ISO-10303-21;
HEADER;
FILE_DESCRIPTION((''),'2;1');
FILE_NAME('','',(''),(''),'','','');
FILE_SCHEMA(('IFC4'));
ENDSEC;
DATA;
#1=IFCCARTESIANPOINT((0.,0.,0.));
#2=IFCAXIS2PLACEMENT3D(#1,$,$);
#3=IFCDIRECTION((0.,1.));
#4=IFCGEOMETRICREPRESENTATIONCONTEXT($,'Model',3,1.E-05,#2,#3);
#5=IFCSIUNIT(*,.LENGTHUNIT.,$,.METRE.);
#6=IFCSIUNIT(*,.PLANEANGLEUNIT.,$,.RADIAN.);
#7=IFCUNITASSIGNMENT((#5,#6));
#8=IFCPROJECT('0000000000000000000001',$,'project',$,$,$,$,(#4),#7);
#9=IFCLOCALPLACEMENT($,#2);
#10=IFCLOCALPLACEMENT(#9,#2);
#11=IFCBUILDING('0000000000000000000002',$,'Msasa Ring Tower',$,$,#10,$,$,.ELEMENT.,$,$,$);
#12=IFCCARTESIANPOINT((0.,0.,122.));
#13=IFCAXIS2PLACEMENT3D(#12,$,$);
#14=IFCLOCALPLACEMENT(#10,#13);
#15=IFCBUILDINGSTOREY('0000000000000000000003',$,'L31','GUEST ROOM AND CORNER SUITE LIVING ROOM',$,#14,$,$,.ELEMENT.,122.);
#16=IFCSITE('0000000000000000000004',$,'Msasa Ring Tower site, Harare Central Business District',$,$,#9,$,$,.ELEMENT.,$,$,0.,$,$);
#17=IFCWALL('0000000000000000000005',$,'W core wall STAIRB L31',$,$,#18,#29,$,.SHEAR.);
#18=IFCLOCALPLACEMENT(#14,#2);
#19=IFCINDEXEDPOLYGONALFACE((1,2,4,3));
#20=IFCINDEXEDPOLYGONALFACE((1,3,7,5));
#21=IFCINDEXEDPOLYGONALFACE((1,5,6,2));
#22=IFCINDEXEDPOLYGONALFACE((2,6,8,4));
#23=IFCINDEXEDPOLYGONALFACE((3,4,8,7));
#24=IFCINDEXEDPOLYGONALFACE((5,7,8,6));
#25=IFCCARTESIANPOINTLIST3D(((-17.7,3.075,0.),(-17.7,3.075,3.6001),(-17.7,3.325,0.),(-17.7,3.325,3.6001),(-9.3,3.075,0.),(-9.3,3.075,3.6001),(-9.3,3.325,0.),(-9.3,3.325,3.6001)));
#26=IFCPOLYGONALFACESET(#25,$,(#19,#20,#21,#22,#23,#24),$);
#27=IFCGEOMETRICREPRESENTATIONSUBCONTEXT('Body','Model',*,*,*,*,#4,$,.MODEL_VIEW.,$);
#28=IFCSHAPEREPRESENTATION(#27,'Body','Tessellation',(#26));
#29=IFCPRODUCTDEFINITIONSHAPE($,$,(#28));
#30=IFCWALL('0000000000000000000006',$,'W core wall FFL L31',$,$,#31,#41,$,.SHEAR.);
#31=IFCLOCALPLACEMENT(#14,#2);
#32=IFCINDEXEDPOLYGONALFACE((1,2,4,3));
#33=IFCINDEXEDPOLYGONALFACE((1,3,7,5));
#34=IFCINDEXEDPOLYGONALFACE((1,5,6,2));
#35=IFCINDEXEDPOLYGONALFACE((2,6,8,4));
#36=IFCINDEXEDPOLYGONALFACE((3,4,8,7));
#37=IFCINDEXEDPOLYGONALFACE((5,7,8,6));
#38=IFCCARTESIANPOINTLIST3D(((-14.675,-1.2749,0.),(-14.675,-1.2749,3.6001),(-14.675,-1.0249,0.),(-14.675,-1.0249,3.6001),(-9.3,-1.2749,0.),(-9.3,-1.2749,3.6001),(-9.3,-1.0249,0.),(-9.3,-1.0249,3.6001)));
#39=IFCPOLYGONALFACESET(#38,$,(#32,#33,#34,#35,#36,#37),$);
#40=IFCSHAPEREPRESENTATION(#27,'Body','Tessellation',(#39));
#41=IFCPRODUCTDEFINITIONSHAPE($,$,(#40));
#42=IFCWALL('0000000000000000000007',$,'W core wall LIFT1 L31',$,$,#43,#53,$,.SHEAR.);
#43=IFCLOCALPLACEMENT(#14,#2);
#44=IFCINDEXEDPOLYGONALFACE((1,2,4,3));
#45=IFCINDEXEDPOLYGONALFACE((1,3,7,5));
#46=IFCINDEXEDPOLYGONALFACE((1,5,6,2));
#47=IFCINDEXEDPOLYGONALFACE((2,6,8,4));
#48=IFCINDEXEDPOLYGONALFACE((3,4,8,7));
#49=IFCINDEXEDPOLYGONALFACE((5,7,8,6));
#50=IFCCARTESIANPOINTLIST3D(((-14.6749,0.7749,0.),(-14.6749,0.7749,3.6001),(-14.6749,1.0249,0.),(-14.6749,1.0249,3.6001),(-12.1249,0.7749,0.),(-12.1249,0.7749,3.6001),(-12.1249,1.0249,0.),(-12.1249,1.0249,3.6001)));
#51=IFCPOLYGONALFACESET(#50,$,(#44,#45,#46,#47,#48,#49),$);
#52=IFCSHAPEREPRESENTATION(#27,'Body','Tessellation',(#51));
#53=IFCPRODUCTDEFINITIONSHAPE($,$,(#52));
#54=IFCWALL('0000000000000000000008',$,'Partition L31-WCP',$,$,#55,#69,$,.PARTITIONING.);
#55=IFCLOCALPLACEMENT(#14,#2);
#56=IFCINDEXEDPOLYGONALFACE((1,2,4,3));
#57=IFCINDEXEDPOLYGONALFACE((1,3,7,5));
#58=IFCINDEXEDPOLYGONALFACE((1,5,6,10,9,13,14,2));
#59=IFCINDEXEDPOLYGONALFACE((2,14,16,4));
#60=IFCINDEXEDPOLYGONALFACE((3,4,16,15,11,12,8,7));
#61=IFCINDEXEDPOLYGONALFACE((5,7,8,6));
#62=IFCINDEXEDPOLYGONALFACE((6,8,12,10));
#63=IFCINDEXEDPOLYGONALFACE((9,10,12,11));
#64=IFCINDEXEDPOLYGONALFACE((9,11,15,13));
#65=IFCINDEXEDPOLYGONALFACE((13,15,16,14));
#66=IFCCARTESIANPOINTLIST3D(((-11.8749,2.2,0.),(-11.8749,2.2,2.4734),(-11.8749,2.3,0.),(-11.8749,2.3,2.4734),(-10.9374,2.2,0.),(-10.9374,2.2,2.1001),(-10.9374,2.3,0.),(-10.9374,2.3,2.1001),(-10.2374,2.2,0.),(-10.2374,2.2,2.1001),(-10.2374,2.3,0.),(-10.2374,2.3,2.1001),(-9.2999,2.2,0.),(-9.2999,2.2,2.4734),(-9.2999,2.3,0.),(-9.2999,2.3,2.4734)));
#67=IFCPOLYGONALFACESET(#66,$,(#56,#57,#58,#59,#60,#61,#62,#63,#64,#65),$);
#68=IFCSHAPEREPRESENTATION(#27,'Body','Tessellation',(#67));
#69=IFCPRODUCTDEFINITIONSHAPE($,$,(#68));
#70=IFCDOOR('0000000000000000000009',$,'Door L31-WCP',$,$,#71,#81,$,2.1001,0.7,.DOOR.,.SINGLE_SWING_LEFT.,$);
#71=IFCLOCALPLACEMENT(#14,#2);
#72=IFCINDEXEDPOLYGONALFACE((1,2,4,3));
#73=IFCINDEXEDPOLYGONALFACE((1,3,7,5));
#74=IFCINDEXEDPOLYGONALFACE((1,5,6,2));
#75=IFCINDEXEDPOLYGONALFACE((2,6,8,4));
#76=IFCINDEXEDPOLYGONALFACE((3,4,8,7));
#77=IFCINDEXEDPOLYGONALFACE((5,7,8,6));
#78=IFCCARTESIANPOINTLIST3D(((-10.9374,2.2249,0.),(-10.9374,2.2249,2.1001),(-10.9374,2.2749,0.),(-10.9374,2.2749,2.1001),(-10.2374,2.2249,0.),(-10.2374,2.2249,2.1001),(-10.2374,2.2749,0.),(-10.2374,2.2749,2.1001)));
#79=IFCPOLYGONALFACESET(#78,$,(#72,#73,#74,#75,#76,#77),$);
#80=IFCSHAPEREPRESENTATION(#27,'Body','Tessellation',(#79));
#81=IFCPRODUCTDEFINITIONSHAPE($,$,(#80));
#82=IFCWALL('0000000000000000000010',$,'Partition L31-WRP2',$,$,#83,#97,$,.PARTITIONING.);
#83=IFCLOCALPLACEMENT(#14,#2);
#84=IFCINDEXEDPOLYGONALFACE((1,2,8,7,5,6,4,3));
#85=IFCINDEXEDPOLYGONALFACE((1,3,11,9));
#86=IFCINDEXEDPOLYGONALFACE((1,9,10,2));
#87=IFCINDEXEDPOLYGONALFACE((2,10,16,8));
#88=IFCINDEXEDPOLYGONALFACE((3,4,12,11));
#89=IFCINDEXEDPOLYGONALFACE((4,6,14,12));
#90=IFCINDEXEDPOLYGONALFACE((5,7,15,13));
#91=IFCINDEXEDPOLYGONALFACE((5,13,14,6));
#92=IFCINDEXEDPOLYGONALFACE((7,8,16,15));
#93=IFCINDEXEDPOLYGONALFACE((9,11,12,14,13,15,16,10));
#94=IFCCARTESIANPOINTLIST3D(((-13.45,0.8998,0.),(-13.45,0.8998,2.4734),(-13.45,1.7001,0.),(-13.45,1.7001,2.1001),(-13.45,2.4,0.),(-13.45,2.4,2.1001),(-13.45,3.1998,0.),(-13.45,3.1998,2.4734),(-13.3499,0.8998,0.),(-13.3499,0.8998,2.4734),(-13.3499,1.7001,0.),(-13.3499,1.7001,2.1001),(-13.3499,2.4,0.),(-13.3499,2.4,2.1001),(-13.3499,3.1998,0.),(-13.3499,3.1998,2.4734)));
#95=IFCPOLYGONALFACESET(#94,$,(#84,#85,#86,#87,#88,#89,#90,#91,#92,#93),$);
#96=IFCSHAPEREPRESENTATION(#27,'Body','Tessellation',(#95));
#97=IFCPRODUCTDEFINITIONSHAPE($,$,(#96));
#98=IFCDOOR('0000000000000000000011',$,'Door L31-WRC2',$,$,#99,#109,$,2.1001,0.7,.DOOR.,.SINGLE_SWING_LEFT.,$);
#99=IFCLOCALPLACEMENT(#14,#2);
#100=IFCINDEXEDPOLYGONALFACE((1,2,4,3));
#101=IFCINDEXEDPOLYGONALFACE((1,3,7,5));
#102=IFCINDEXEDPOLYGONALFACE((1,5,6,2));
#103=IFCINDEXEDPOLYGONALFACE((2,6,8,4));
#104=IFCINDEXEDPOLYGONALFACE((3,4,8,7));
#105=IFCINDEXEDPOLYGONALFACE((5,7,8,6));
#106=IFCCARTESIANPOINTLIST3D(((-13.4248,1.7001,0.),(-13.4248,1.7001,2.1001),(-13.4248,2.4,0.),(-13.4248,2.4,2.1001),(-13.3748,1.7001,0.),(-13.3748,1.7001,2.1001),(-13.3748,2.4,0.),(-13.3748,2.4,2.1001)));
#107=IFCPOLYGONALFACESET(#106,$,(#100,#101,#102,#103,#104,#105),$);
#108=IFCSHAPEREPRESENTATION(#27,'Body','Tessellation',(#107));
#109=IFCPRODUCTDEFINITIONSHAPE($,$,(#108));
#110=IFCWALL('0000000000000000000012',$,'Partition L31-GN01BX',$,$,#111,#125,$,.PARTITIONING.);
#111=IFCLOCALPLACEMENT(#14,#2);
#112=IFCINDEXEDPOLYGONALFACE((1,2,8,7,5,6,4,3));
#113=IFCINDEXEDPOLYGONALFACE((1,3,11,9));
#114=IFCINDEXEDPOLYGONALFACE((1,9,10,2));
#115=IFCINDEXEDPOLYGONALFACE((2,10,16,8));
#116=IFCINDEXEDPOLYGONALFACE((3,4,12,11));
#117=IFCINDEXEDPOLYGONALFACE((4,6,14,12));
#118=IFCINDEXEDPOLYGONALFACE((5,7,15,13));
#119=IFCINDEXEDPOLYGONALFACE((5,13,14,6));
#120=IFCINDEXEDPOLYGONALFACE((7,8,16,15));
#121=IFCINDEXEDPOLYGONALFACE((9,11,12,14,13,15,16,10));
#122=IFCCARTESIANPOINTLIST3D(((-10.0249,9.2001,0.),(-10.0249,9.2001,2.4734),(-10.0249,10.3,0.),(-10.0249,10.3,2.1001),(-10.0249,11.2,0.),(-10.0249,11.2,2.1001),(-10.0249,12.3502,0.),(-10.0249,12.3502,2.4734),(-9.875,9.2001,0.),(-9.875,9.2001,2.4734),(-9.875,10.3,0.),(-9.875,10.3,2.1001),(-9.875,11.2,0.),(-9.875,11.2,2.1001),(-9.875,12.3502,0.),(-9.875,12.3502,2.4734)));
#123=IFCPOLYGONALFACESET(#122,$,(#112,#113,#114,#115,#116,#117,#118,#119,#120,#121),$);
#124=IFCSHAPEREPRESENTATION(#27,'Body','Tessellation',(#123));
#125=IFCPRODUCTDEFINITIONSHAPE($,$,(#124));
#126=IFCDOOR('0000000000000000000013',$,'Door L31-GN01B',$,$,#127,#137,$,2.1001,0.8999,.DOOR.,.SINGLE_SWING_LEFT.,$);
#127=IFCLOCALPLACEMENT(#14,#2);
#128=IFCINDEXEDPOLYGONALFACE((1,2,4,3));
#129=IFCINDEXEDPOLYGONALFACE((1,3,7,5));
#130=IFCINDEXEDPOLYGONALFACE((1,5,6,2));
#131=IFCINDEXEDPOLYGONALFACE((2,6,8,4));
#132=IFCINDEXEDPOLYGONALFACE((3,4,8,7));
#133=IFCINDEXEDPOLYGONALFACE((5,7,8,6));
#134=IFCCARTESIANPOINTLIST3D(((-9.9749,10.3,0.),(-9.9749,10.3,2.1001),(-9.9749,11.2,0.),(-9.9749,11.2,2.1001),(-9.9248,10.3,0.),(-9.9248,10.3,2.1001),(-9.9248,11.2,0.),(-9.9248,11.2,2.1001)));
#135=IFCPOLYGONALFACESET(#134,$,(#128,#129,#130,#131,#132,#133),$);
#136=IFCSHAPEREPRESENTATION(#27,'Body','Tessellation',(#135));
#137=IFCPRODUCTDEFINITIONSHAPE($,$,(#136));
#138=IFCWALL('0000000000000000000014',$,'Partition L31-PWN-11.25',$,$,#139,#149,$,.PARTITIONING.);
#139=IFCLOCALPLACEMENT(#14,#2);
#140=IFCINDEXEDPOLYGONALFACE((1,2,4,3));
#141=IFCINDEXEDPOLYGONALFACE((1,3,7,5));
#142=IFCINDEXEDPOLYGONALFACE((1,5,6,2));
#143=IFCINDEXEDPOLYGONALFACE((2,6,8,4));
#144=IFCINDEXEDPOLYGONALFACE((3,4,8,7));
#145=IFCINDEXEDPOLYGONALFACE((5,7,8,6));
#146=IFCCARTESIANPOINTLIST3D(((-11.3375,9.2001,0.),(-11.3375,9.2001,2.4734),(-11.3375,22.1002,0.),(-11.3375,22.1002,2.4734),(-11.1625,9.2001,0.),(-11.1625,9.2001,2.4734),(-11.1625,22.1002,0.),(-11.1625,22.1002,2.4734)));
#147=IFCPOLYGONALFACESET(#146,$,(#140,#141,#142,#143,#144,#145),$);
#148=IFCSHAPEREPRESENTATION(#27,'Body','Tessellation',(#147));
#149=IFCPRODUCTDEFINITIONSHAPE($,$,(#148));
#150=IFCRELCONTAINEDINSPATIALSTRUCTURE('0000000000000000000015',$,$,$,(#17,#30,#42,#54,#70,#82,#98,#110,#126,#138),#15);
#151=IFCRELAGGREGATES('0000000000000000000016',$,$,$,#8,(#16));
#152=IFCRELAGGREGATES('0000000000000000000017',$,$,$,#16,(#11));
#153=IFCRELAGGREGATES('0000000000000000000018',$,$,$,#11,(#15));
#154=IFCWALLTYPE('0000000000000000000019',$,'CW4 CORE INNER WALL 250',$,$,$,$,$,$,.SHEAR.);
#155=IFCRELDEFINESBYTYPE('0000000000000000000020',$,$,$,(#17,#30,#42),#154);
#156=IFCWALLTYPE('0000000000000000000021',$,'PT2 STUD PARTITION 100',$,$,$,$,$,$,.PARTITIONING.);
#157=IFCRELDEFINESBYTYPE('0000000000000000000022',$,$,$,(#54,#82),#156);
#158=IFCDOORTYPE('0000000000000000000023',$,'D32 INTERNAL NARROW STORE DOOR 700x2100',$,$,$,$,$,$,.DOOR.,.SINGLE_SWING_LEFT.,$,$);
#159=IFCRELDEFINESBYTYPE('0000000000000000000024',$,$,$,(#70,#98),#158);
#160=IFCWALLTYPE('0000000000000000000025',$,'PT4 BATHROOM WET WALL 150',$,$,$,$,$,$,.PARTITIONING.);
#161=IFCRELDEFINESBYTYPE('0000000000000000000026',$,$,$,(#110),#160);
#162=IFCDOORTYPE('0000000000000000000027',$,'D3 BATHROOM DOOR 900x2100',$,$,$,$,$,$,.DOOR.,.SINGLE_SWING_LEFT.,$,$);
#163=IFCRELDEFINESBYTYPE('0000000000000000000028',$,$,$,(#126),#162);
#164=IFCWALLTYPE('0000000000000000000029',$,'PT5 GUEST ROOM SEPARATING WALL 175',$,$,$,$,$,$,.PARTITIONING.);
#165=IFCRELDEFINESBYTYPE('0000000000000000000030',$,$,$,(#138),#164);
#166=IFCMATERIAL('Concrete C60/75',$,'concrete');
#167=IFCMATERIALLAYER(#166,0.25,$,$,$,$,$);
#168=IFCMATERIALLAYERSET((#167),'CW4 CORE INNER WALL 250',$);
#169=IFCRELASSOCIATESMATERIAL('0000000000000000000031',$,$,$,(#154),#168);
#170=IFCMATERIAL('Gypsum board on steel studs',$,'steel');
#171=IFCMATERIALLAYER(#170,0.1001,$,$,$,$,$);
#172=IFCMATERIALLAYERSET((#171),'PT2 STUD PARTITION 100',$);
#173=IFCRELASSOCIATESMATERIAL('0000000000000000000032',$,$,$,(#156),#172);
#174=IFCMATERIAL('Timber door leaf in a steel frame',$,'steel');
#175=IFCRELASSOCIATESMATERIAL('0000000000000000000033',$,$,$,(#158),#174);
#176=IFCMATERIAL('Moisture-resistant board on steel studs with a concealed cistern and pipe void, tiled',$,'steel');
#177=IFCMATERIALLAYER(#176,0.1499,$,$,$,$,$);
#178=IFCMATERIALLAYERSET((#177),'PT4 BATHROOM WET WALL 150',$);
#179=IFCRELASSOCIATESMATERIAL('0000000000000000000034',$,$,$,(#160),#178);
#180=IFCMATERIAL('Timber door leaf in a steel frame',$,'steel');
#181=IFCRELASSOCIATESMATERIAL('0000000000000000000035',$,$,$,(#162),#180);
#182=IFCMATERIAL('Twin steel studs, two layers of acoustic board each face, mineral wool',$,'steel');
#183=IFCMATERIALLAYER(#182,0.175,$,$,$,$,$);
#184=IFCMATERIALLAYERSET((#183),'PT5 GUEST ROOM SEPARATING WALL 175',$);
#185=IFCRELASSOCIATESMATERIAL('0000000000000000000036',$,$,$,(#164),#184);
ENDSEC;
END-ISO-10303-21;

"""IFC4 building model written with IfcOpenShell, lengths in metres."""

from ifc_helpers import new_model, si_unit, direction, frame, frame_2d, origin, place, context, subcontext, project, spatial, rectangle, extrude, material, layer, layer_set, type_object, element, fill, save


model = new_model("IFC4")

# Units and contexts
model_context = context("Model", 3, precision=1e-05, world=origin(), true_north=direction((0.0, 1.0)))
body_context = subcontext(model_context, "Body", "Model", "MODEL_VIEW")
ifc_project = project(units=[si_unit("LENGTHUNIT", "METRE"), si_unit("PLANEANGLEUNIT", "RADIAN")], contexts=[model_context])

# Site, building, storey
site_placement = place(None, origin())
site = spatial("IfcSite", under=ifc_project, at=site_placement, Name="Msasa Ring Tower site, Harare Central Business District", CompositionType="ELEMENT", RefElevation=0.0)
building_placement = place(site_placement, origin())
building = spatial("IfcBuilding", under=site, at=building_placement, Name="Msasa Ring Tower", CompositionType="ELEMENT")
storey_placement = place(building_placement, frame((0.0, 0.0, 122.0)))
storey = spatial("IfcBuildingStorey", under=building, at=storey_placement, Name="L31", Description="GUEST ROOM AND CORNER SUITE LIVING ROOM", CompositionType="ELEMENT", Elevation=122.0)

# Walls
ifc_material_1 = material(Name="Concrete C60/75", Category="concrete")
ifc_layer_1 = layer(ifc_material_1, 0.25)
ifc_layer_set_1 = layer_set([ifc_layer_1], Name="CW4 CORE INNER WALL 250")
wall_type_1 = type_object("IfcWallType", Name="CW4 CORE INNER WALL 250", PredefinedType="SHEAR", material=ifc_layer_set_1)
wall_1_placement = place(storey_placement, frame((-9.3, 3.2, 0.0), z_axis=(0.0, 0.0, 1.0), x_axis=(-1.0, 0.0, 0.0)))
element("IfcWall", 1, at=wall_1_placement, inside=storey, type_object=wall_type_1, Name="W core wall STAIRB L31", PredefinedType="SHEAR", context=body_context, shape_type="SweptSolid", body=[
    extrude(rectangle(XDim=8.3999, YDim=0.25, at=frame_2d((4.2, 0.0))), origin(), (0.0, 0.0, 1.0), 3.6001),
])
wall_2_placement = place(storey_placement, frame((-9.3, -1.1499, 0.0), z_axis=(0.0, 0.0, 1.0), x_axis=(-1.0, 0.0, 0.0)))
element("IfcWall", 2, at=wall_2_placement, inside=storey, type_object=wall_type_1, Name="W core wall FFL L31", PredefinedType="SHEAR", context=body_context, shape_type="SweptSolid", body=[
    extrude(rectangle(XDim=5.375, YDim=0.25, at=frame_2d((2.6875, 0.0))), origin(), (0.0, 0.0, 1.0), 3.6001),
])
wall_3_placement = place(storey_placement, frame((-12.125, 0.8999, 0.0), z_axis=(0.0, 0.0, 1.0), x_axis=(-1.0, 0.0, 0.0)))
element("IfcWall", 3, at=wall_3_placement, inside=storey, type_object=wall_type_1, Name="W core wall LIFT1 L31", PredefinedType="SHEAR", context=body_context, shape_type="SweptSolid", body=[
    extrude(rectangle(XDim=2.55, YDim=0.25, at=frame_2d((1.2749, 0.0))), origin(), (0.0, 0.0, 1.0), 3.6001),
])

# Walls, openings, doors
ifc_material_2 = material(Name="Gypsum board on steel studs", Category="steel")
ifc_layer_2 = layer(ifc_material_2, 0.1001)
ifc_layer_set_2 = layer_set([ifc_layer_2], Name="PT2 STUD PARTITION 100")
wall_type_2 = type_object("IfcWallType", Name="PT2 STUD PARTITION 100", PredefinedType="PARTITIONING", material=ifc_layer_set_2)
wall_4_placement = place(storey_placement, frame((-11.875, 2.25, 0.0), z_axis=(0.0, 0.0, 1.0), x_axis=(1.0, 0.0, 0.0)))
wall_4 = element("IfcWall", 4, at=wall_4_placement, inside=storey, type_object=wall_type_2, Name="Partition L31-WCP", PredefinedType="PARTITIONING", context=body_context, shape_type="SweptSolid", body=[
    extrude(rectangle(XDim=2.575, YDim=0.1001, at=frame_2d((1.2876, 0.0))), origin(), (0.0, 0.0, 1.0), 2.4734),
])
opening_1_placement = place(wall_4_placement, frame((0.9375, 0.0, 0.0)))
opening_1 = element("IfcOpeningElement", 5, at=opening_1_placement, cuts=wall_4, PredefinedType="OPENING", context=body_context, shape_type="SweptSolid", body=[
    extrude(rectangle(XDim=0.7, YDim=2.1001, at=frame_2d((0.3501, 1.05))), frame((0.0, 0.0601, 0.0), z_axis=(0.0, -1.0, 0.0), x_axis=(1.0, 0.0, 0.0)), (0.0, 0.0, 1.0), 0.1201),
])
ifc_material_3 = material(Name="Timber door leaf in a steel frame", Category="steel")
door_type_1 = type_object("IfcDoorType", Name="D32 INTERNAL NARROW STORE DOOR 700x2100", OperationType="SINGLE_SWING_LEFT", PredefinedType="DOOR", material=ifc_material_3)
door_1_placement = place(opening_1_placement, origin())
door_1 = element("IfcDoor", 6, at=door_1_placement, inside=storey, type_object=door_type_1, Name="Door L31-WCP", OperationType="SINGLE_SWING_LEFT", OverallHeight=2.1001, OverallWidth=0.7, PredefinedType="DOOR", context=body_context, shape_type="SweptSolid", body=[
    extrude(rectangle(XDim=0.7, YDim=2.1001, at=frame_2d((0.3501, 1.05))), frame((0.0, 0.0249, 0.0), z_axis=(0.0, -1.0, 0.0), x_axis=(1.0, 0.0, 0.0)), (0.0, 0.0, 1.0), 0.05),
])
fill(opening_1, door_1)
wall_5_placement = place(storey_placement, frame((-13.3999, 0.8999, 0.0), z_axis=(0.0, 0.0, 1.0), x_axis=(0.0, 1.0, 0.0)))
wall_5 = element("IfcWall", 7, at=wall_5_placement, inside=storey, type_object=wall_type_2, Name="Partition L31-WRP2", PredefinedType="PARTITIONING", context=body_context, shape_type="SweptSolid", body=[
    extrude(rectangle(XDim=2.3, YDim=0.1001, at=frame_2d((1.1499, 0.0))), origin(), (0.0, 0.0, 1.0), 2.4734),
])
opening_2_placement = place(wall_5_placement, frame((0.8, 0.0, 0.0)))
opening_2 = element("IfcOpeningElement", 8, at=opening_2_placement, cuts=wall_5, PredefinedType="OPENING", context=body_context, shape_type="SweptSolid", body=[
    extrude(rectangle(XDim=0.7, YDim=2.1001, at=frame_2d((0.3501, 1.05))), frame((0.0, 0.0601, 0.0), z_axis=(0.0, -1.0, 0.0), x_axis=(1.0, 0.0, 0.0)), (0.0, 0.0, 1.0), 0.1201),
])
door_2_placement = place(opening_2_placement, origin())
door_2 = element("IfcDoor", 9, at=door_2_placement, inside=storey, type_object=door_type_1, Name="Door L31-WRC2", OperationType="SINGLE_SWING_LEFT", OverallHeight=2.1001, OverallWidth=0.7, PredefinedType="DOOR", context=body_context, shape_type="SweptSolid", body=[
    extrude(rectangle(XDim=0.7, YDim=2.1001, at=frame_2d((0.3501, 1.05))), frame((0.0, 0.0249, 0.0), z_axis=(0.0, -1.0, 0.0), x_axis=(1.0, 0.0, 0.0)), (0.0, 0.0, 1.0), 0.05),
])
fill(opening_2, door_2)
ifc_material_4 = material(Name="Moisture-resistant board on steel studs with a concealed cistern and pipe void, tiled", Category="steel")
ifc_layer_3 = layer(ifc_material_4, 0.1499)
ifc_layer_set_3 = layer_set([ifc_layer_3], Name="PT4 BATHROOM WET WALL 150")
wall_type_3 = type_object("IfcWallType", Name="PT4 BATHROOM WET WALL 150", PredefinedType="PARTITIONING", material=ifc_layer_set_3)
wall_6_placement = place(storey_placement, frame((-9.95, 9.2, 0.0), z_axis=(0.0, 0.0, 1.0), x_axis=(0.0, 1.0, 0.0)))
wall_6 = element("IfcWall", 10, at=wall_6_placement, inside=storey, type_object=wall_type_3, Name="Partition L31-GN01BX", PredefinedType="PARTITIONING", context=body_context, shape_type="SweptSolid", body=[
    extrude(rectangle(XDim=3.1501, YDim=0.1499, at=frame_2d((1.5752, 0.0))), origin(), (0.0, 0.0, 1.0), 2.4734),
])
opening_3_placement = place(wall_6_placement, frame((1.1001, 0.0, 0.0)))
opening_3 = element("IfcOpeningElement", 11, at=opening_3_placement, cuts=wall_6, PredefinedType="OPENING", context=body_context, shape_type="SweptSolid", body=[
    extrude(rectangle(XDim=0.8999, YDim=2.1001, at=frame_2d((0.45, 1.05))), frame((0.0, 0.085, 0.0), z_axis=(0.0, -1.0, 0.0), x_axis=(1.0, 0.0, 0.0)), (0.0, 0.0, 1.0), 0.1699),
])
ifc_material_5 = material(Name="Timber door leaf in a steel frame", Category="steel")
door_type_2 = type_object("IfcDoorType", Name="D3 BATHROOM DOOR 900x2100", OperationType="SINGLE_SWING_LEFT", PredefinedType="DOOR", material=ifc_material_5)
door_3_placement = place(opening_3_placement, origin())
door_3 = element("IfcDoor", 12, at=door_3_placement, inside=storey, type_object=door_type_2, Name="Door L31-GN01B", OperationType="SINGLE_SWING_LEFT", OverallHeight=2.1001, OverallWidth=0.8999, PredefinedType="DOOR", context=body_context, shape_type="SweptSolid", body=[
    extrude(rectangle(XDim=0.8999, YDim=2.1001, at=frame_2d((0.45, 1.05))), frame((0.0, 0.0249, 0.0), z_axis=(0.0, -1.0, 0.0), x_axis=(1.0, 0.0, 0.0)), (0.0, 0.0, 1.0), 0.05),
])
fill(opening_3, door_3)

# Wall
ifc_material_6 = material(Name="Twin steel studs, two layers of acoustic board each face, mineral wool", Category="steel")
ifc_layer_4 = layer(ifc_material_6, 0.175)
ifc_layer_set_4 = layer_set([ifc_layer_4], Name="PT5 GUEST ROOM SEPARATING WALL 175")
wall_type_4 = type_object("IfcWallType", Name="PT5 GUEST ROOM SEPARATING WALL 175", PredefinedType="PARTITIONING", material=ifc_layer_set_4)
wall_7_placement = place(storey_placement, frame((-11.25, 9.2, 0.0), z_axis=(0.0, 0.0, 1.0), x_axis=(0.0, 1.0, 0.0)))
element("IfcWall", 13, at=wall_7_placement, inside=storey, type_object=wall_type_4, Name="Partition L31-PWN-11.25", PredefinedType="PARTITIONING", context=body_context, shape_type="SweptSolid", body=[
    extrude(rectangle(XDim=12.9001, YDim=0.175, at=frame_2d((6.4502, 0.0))), origin(), (0.0, 0.0, 1.0), 2.4734),
])

save(model, "model.ifc")
